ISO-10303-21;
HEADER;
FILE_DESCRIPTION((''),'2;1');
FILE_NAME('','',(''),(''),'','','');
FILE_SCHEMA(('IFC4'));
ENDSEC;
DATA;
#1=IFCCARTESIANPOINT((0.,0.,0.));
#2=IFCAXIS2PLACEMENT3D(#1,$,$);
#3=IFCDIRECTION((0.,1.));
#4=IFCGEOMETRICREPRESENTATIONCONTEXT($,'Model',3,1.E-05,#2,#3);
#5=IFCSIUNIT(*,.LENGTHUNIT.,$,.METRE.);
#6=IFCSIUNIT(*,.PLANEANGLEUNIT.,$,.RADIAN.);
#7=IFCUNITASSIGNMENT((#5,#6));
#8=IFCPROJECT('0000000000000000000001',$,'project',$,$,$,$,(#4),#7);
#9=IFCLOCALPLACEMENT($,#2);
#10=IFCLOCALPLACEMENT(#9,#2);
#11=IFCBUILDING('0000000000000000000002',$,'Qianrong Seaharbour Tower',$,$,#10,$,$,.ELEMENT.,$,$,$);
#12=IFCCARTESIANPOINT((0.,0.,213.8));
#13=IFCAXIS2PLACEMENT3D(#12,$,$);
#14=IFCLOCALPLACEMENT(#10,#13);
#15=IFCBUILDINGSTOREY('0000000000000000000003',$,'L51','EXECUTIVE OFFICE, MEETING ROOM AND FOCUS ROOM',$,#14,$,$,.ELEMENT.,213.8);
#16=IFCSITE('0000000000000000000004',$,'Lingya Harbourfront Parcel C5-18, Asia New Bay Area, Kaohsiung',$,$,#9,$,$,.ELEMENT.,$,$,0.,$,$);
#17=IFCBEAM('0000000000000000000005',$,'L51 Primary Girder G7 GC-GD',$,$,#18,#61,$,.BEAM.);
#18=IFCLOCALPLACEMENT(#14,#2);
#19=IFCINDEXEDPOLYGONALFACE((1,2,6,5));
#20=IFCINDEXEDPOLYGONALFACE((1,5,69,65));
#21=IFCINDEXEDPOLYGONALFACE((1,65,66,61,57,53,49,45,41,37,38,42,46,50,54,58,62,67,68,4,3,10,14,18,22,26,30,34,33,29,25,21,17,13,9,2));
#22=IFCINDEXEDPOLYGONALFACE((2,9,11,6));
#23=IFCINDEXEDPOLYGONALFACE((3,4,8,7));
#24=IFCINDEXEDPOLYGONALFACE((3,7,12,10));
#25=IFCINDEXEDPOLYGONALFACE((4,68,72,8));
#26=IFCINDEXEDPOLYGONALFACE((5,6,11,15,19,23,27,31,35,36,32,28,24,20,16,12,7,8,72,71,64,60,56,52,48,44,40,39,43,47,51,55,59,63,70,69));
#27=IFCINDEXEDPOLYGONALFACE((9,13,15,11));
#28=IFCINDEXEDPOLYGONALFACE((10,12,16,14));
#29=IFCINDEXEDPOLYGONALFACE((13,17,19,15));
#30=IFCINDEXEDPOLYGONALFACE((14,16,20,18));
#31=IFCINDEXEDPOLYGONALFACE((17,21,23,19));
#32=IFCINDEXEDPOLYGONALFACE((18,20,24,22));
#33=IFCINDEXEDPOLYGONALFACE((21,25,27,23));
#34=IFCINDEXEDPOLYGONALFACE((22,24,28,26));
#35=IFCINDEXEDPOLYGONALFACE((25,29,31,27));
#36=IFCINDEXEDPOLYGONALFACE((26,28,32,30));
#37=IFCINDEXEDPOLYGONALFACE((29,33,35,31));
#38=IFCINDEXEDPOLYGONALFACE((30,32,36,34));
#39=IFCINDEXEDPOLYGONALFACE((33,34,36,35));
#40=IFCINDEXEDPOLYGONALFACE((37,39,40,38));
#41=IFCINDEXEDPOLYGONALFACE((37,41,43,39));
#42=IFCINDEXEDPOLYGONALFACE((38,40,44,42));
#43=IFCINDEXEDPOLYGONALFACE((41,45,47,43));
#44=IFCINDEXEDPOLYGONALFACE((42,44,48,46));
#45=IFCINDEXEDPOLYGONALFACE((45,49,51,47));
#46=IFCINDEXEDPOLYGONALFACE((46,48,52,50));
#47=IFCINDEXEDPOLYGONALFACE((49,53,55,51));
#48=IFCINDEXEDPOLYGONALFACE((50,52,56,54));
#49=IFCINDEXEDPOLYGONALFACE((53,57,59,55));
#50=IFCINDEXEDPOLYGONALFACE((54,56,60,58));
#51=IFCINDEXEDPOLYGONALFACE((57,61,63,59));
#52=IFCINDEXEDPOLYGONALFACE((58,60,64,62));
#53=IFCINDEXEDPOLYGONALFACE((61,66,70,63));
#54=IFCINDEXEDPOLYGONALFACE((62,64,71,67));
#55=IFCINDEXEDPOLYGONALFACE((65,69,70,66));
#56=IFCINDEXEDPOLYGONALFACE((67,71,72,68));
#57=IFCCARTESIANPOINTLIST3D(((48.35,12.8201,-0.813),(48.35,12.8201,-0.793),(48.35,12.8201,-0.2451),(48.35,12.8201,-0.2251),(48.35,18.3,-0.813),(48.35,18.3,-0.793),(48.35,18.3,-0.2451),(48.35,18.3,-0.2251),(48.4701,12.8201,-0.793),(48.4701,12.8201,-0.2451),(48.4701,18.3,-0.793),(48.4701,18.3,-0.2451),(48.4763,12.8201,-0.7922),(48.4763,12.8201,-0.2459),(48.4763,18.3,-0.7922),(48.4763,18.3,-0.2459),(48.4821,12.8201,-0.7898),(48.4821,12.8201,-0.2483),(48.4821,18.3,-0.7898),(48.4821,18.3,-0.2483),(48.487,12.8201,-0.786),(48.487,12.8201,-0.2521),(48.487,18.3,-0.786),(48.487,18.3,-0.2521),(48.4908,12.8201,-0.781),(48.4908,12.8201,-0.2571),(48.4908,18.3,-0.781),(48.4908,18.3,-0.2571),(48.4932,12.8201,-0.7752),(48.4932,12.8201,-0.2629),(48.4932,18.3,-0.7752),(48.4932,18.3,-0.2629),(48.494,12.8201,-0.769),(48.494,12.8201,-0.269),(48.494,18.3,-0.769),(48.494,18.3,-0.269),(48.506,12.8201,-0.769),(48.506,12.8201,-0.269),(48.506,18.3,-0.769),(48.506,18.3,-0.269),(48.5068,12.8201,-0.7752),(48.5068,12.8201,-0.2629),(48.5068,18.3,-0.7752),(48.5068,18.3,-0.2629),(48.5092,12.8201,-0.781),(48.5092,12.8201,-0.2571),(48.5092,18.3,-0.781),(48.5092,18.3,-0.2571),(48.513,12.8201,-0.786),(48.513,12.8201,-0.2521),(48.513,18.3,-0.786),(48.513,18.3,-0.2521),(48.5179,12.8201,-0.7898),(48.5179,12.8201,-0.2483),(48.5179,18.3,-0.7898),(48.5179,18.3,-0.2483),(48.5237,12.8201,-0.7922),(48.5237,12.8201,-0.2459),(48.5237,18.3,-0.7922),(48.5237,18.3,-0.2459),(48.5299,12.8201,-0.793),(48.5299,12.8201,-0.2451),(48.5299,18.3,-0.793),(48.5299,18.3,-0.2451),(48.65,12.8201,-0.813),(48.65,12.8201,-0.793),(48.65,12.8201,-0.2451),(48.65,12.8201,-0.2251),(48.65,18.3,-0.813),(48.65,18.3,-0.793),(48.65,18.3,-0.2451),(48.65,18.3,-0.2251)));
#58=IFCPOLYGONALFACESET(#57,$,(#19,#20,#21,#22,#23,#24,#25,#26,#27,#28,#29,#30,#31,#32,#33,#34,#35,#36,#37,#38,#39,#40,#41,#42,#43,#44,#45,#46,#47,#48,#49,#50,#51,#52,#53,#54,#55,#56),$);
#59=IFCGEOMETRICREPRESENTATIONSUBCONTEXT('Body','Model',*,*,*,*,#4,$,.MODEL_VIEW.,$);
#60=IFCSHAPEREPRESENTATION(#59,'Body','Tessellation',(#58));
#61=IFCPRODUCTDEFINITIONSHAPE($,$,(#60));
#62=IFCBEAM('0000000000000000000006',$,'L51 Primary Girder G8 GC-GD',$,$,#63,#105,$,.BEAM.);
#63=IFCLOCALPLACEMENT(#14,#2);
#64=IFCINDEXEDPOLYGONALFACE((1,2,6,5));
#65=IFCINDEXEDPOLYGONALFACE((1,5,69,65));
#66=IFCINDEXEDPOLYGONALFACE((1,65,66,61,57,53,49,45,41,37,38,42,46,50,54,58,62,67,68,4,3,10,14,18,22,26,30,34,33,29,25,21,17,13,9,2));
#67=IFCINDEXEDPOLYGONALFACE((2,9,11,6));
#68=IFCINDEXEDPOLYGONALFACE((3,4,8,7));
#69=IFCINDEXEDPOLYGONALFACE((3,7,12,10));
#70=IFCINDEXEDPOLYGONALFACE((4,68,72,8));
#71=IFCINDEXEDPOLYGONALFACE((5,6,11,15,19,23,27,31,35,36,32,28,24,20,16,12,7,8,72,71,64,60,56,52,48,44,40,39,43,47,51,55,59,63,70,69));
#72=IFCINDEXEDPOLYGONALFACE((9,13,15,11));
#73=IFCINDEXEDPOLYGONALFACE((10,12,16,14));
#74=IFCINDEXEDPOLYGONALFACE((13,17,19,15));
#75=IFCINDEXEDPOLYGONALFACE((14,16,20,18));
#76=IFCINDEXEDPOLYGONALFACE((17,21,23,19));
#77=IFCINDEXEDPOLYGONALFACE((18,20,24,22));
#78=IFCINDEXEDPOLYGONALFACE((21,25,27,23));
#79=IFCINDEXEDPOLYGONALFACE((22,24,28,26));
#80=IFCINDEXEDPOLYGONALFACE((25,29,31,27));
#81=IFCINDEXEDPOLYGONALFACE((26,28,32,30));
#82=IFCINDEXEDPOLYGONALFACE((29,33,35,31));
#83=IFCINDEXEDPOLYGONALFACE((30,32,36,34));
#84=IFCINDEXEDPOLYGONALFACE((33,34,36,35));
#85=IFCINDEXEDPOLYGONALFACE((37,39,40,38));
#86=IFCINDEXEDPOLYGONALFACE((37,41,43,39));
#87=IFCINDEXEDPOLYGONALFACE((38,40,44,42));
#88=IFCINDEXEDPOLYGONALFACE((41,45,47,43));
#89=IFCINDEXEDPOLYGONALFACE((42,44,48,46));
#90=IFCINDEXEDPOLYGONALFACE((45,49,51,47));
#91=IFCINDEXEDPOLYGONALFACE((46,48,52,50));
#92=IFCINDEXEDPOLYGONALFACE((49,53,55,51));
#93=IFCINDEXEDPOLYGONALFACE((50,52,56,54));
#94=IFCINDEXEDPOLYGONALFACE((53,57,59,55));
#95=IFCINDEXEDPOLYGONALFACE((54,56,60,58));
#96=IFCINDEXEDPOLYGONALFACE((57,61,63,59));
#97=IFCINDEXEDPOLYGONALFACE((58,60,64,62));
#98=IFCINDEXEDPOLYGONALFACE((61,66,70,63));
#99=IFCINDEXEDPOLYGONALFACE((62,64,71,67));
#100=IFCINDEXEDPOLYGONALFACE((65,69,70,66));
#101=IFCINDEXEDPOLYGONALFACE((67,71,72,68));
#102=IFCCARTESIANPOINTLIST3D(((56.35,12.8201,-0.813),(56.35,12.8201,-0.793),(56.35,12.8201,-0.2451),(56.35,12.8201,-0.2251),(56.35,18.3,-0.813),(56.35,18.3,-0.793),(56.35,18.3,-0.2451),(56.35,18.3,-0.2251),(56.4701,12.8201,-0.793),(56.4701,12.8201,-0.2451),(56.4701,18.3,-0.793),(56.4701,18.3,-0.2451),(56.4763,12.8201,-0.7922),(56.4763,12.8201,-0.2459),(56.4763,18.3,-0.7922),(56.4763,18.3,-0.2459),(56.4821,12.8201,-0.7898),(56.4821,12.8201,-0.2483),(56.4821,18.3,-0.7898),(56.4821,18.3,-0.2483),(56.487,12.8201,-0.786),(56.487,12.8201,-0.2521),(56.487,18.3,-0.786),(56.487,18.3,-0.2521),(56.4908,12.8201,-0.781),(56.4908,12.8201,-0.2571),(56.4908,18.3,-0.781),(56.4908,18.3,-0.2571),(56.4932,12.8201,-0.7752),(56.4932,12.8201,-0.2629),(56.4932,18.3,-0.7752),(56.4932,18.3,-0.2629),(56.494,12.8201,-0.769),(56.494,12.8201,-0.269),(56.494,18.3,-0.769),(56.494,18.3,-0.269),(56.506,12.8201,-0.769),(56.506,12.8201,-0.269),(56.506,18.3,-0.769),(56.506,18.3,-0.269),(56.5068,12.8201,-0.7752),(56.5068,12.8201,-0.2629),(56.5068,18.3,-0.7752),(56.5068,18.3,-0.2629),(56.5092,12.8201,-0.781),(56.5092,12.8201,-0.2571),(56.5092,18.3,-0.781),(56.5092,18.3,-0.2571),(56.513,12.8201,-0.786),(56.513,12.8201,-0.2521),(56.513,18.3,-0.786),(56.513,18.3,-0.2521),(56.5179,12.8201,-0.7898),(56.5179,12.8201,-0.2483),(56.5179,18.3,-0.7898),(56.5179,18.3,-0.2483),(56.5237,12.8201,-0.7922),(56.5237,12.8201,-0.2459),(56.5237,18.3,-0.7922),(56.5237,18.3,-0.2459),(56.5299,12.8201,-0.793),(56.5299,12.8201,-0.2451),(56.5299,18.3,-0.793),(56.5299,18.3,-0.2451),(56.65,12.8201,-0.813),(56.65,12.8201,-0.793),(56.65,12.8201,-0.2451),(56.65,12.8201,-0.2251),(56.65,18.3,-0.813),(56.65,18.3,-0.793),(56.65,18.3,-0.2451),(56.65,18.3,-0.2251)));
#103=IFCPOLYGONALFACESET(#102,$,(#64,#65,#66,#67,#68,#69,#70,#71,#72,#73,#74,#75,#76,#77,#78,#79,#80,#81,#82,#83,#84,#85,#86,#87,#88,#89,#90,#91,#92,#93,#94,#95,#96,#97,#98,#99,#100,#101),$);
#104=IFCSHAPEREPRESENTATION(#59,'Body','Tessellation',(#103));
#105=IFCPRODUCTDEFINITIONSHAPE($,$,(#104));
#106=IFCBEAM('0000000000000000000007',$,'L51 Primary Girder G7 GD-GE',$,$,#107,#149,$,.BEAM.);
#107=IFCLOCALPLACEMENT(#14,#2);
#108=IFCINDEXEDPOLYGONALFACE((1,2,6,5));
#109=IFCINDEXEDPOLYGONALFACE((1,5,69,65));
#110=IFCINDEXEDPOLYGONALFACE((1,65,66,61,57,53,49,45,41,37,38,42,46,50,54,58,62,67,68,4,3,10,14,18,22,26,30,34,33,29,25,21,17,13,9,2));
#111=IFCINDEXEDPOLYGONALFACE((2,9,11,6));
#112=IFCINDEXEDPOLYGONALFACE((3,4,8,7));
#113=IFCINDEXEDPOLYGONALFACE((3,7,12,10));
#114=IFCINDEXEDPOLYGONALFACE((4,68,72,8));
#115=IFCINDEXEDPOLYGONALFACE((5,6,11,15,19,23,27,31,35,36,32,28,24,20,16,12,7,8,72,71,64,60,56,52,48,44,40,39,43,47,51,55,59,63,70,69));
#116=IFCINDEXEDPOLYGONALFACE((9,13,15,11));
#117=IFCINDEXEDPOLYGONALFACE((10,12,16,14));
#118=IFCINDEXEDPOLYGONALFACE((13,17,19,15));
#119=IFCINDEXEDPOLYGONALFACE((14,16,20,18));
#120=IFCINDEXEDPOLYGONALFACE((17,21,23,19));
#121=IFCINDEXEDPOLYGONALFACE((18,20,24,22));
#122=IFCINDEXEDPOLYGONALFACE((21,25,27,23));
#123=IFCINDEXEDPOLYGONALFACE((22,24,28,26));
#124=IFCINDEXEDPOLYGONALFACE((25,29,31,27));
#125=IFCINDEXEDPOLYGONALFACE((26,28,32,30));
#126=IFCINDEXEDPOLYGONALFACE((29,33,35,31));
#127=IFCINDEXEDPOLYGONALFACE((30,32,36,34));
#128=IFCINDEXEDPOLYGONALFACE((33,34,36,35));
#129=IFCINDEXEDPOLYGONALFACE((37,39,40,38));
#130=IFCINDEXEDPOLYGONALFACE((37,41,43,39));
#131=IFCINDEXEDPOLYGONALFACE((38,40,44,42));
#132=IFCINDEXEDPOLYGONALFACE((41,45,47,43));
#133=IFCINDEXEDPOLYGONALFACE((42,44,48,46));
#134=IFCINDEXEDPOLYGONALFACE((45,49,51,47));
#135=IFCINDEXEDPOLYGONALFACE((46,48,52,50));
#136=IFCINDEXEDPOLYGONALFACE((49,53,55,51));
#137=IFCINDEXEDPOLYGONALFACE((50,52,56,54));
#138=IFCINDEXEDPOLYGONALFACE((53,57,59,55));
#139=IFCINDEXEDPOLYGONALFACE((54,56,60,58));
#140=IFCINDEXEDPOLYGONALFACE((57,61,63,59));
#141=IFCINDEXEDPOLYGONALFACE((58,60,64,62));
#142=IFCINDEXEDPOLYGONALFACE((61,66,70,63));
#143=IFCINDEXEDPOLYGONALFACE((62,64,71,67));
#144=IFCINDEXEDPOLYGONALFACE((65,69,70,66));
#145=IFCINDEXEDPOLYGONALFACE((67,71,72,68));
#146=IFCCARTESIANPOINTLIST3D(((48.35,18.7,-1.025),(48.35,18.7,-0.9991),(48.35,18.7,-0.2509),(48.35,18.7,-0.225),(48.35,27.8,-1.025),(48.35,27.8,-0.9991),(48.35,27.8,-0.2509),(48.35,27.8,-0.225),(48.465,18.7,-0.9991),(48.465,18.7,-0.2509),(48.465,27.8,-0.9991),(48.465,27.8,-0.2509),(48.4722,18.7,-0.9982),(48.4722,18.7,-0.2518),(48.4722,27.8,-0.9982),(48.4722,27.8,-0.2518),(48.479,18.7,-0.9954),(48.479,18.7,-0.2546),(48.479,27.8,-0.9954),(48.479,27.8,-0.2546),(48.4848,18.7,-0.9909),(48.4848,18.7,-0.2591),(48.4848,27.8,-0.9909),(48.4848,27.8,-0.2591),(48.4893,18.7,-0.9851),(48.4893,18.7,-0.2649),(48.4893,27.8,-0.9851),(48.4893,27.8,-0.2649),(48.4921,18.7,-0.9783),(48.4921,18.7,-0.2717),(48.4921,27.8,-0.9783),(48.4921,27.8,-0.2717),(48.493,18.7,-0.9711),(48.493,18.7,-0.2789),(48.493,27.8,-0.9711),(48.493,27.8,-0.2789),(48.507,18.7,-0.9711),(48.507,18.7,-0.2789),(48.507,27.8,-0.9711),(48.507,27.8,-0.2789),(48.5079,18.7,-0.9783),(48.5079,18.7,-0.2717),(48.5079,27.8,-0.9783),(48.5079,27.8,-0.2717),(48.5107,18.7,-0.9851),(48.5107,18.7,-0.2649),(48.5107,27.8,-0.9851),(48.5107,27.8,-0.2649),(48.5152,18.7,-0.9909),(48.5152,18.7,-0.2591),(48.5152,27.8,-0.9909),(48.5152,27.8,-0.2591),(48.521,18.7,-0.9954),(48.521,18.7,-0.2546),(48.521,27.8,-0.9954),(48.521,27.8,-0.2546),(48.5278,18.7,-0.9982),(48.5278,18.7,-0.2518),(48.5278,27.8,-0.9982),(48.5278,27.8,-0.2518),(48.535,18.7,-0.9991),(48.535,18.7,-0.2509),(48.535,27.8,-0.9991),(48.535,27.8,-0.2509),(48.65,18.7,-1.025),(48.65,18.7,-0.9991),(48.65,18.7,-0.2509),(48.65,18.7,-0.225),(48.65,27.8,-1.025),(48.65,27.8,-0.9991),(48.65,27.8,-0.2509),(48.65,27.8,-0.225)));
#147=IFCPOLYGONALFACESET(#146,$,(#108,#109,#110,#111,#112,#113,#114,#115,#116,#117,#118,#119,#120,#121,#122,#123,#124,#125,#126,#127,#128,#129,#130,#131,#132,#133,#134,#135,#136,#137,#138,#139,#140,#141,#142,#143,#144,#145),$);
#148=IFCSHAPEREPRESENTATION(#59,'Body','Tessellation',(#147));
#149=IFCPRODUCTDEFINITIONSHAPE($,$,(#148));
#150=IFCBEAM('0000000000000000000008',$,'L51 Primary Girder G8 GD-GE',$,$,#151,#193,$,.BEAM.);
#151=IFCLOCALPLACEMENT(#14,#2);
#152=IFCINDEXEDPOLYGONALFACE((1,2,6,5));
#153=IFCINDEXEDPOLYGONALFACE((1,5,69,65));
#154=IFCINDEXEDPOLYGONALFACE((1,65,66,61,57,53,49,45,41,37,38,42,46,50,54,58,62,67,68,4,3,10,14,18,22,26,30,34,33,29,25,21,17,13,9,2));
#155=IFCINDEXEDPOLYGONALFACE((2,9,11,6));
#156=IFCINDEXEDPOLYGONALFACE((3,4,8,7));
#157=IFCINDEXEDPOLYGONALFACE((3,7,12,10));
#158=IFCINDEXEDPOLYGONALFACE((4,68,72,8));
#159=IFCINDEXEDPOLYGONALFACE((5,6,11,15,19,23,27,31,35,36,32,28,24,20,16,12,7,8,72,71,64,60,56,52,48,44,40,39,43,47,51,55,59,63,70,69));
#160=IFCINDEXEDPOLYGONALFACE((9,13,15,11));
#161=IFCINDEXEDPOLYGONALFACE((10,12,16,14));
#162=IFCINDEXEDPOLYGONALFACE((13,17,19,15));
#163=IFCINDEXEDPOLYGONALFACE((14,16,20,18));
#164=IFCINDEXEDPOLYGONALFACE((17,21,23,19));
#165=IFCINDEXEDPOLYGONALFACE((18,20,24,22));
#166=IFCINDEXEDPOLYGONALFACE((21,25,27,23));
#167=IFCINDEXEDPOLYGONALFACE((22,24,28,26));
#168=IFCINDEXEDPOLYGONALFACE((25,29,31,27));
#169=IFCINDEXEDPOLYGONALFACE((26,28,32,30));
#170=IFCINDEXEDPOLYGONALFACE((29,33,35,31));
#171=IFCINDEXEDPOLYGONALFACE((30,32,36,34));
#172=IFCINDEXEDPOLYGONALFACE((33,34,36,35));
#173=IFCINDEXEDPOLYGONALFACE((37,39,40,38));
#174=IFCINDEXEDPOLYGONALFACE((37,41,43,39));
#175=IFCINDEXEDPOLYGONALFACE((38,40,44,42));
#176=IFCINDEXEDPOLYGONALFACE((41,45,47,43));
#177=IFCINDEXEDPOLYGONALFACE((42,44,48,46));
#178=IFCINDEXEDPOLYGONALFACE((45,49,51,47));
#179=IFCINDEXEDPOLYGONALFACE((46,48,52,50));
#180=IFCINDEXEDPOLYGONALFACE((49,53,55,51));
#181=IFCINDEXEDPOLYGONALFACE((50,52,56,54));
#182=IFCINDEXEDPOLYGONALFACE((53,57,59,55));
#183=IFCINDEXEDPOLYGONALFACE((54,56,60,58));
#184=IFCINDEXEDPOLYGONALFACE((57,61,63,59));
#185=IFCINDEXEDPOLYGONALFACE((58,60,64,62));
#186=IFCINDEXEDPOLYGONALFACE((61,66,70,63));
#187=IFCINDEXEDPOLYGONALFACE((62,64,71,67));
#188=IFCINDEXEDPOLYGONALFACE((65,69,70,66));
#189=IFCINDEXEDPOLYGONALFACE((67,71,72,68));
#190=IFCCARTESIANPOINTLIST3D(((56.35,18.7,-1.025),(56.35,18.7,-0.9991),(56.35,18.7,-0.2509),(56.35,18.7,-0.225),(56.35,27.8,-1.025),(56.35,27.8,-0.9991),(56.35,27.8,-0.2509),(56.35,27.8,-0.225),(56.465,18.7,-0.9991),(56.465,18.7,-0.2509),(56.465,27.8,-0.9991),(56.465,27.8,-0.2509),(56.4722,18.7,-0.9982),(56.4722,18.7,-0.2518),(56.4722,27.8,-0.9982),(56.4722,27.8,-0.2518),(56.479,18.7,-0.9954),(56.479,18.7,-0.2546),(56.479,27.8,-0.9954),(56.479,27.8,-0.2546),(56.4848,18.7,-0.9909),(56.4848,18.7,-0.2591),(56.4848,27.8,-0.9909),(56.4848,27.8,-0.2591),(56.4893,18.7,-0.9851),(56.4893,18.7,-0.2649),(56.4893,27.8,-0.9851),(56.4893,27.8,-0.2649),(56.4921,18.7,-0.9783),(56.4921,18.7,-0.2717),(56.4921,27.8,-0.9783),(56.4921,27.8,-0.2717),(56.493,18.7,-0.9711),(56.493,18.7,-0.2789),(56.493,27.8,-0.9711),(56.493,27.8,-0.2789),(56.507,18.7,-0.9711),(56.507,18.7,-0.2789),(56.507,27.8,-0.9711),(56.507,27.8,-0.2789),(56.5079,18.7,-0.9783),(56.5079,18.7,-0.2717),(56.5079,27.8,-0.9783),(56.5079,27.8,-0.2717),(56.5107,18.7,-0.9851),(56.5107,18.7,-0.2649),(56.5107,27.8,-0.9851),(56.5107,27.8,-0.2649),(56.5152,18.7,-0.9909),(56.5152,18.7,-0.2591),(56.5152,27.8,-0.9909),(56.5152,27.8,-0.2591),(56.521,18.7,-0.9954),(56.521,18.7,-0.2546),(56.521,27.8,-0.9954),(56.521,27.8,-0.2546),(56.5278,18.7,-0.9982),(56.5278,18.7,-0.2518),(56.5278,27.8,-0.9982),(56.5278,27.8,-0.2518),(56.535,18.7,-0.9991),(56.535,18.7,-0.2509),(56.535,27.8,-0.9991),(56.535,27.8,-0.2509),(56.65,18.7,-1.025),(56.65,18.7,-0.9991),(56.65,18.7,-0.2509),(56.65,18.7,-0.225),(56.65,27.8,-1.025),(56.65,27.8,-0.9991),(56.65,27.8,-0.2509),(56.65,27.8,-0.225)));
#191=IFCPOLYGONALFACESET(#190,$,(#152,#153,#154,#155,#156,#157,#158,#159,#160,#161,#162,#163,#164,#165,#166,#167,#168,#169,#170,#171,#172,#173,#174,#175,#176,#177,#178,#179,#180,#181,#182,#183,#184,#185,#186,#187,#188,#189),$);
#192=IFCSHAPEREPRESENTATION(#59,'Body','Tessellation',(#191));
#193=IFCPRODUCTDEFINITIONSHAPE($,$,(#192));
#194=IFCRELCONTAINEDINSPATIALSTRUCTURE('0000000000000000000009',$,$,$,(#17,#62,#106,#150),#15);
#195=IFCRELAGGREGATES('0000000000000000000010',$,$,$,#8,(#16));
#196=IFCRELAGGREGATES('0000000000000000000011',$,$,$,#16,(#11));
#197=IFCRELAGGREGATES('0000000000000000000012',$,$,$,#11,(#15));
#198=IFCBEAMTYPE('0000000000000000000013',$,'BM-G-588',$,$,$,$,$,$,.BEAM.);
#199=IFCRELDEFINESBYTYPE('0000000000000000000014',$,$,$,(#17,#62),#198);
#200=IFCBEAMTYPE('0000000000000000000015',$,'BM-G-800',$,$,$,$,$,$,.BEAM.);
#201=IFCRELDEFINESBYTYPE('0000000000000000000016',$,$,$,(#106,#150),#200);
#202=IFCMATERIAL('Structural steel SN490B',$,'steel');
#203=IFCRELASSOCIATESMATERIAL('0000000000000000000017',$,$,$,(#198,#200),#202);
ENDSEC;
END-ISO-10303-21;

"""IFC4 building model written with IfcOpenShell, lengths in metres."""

from ifc_helpers import new_model, si_unit, direction, frame, origin, origin_2d, place, context, subcontext, project, spatial, i_section, extrude, material, material_profile, profile_set, type_object, element, save


model = new_model("IFC4")

# Units and contexts
model_context = context("Model", 3, precision=1e-05, world=origin(), true_north=direction((0.0, 1.0)))
body_context = subcontext(model_context, "Body", "Model", "MODEL_VIEW")
ifc_project = project(units=[si_unit("LENGTHUNIT", "METRE"), si_unit("PLANEANGLEUNIT", "RADIAN")], contexts=[model_context])

# Site, building, storey
site_placement = place(None, origin())
site = spatial("IfcSite", under=ifc_project, at=site_placement, Name="Lingya Harbourfront Parcel C5-18, Asia New Bay Area, Kaohsiung", CompositionType="ELEMENT", RefElevation=0.0)
building_placement = place(site_placement, origin())
building = spatial("IfcBuilding", under=site, at=building_placement, Name="Qianrong Seaharbour Tower", CompositionType="ELEMENT")
storey_placement = place(building_placement, frame((0.0, 0.0, 213.8)))
storey = spatial("IfcBuildingStorey", under=building, at=storey_placement, Name="L51", Description="EXECUTIVE OFFICE, MEETING ROOM AND FOCUS ROOM", CompositionType="ELEMENT", Elevation=213.8)

# Shared definitions
ifc_material_1 = material(Name="Structural steel SN490B", Category="steel")

# Beams
ifc_material_profile_1 = material_profile(ifc_material_1, i_section(OverallWidth=0.3, OverallDepth=0.5879, WebThickness=0.012, FlangeThickness=0.02, FilletRadius=0.0239, at=origin_2d()), Name="H588x300x12x20")
ifc_profile_set_1 = profile_set([ifc_material_profile_1], Name="Structural steel SN490B")
beam_type_1 = type_object("IfcBeamType", Name="BM-G-588", PredefinedType="BEAM", material=ifc_profile_set_1)
for number, where, z_axis, x_axis, name in (
    (1, (48.5, 12.8201, -0.519), (0.0, 1.0, 0.0), (-1.0, 0.0, 0.0), "L51 Primary Girder G7 GC-GD"),
    (2, (56.5, 12.8201, -0.519), (0.0, 1.0, 0.0), (-1.0, 0.0, 0.0), "L51 Primary Girder G8 GC-GD"),
):
    element("IfcBeam", number, at=place(storey_placement, frame(where, z_axis=z_axis, x_axis=x_axis)), inside=storey, type_object=beam_type_1, Name=name, PredefinedType="BEAM", context=body_context, shape_type="SweptSolid", body=[
        extrude(i_section(OverallWidth=0.3, OverallDepth=0.5879, WebThickness=0.012, FlangeThickness=0.02, FilletRadius=0.0239, at=origin_2d()), origin(), (0.0, 0.0, 1.0), 5.48),
    ])
ifc_material_profile_2 = material_profile(ifc_material_1, i_section(OverallWidth=0.3, OverallDepth=0.8, WebThickness=0.0139, FlangeThickness=0.0259, FilletRadius=0.0281, at=origin_2d()), Name="H800x300x14x26")
ifc_profile_set_2 = profile_set([ifc_material_profile_2], Name="Structural steel SN490B")
beam_type_2 = type_object("IfcBeamType", Name="BM-G-800", PredefinedType="BEAM", material=ifc_profile_set_2)
for number, where, z_axis, x_axis, name in (
    (3, (48.5, 18.7, -0.625), (0.0, 1.0, 0.0), (-1.0, 0.0, 0.0), "L51 Primary Girder G7 GD-GE"),
    (4, (56.5, 18.7, -0.625), (0.0, 1.0, 0.0), (-1.0, 0.0, 0.0), "L51 Primary Girder G8 GD-GE"),
):
    element("IfcBeam", number, at=place(storey_placement, frame(where, z_axis=z_axis, x_axis=x_axis)), inside=storey, type_object=beam_type_2, Name=name, PredefinedType="BEAM", context=body_context, shape_type="SweptSolid", body=[
        extrude(i_section(OverallWidth=0.3, OverallDepth=0.8, WebThickness=0.0139, FlangeThickness=0.0259, FilletRadius=0.0281, at=origin_2d()), origin(), (0.0, 0.0, 1.0), 9.1001),
    ])

save(model, "model.ifc")
